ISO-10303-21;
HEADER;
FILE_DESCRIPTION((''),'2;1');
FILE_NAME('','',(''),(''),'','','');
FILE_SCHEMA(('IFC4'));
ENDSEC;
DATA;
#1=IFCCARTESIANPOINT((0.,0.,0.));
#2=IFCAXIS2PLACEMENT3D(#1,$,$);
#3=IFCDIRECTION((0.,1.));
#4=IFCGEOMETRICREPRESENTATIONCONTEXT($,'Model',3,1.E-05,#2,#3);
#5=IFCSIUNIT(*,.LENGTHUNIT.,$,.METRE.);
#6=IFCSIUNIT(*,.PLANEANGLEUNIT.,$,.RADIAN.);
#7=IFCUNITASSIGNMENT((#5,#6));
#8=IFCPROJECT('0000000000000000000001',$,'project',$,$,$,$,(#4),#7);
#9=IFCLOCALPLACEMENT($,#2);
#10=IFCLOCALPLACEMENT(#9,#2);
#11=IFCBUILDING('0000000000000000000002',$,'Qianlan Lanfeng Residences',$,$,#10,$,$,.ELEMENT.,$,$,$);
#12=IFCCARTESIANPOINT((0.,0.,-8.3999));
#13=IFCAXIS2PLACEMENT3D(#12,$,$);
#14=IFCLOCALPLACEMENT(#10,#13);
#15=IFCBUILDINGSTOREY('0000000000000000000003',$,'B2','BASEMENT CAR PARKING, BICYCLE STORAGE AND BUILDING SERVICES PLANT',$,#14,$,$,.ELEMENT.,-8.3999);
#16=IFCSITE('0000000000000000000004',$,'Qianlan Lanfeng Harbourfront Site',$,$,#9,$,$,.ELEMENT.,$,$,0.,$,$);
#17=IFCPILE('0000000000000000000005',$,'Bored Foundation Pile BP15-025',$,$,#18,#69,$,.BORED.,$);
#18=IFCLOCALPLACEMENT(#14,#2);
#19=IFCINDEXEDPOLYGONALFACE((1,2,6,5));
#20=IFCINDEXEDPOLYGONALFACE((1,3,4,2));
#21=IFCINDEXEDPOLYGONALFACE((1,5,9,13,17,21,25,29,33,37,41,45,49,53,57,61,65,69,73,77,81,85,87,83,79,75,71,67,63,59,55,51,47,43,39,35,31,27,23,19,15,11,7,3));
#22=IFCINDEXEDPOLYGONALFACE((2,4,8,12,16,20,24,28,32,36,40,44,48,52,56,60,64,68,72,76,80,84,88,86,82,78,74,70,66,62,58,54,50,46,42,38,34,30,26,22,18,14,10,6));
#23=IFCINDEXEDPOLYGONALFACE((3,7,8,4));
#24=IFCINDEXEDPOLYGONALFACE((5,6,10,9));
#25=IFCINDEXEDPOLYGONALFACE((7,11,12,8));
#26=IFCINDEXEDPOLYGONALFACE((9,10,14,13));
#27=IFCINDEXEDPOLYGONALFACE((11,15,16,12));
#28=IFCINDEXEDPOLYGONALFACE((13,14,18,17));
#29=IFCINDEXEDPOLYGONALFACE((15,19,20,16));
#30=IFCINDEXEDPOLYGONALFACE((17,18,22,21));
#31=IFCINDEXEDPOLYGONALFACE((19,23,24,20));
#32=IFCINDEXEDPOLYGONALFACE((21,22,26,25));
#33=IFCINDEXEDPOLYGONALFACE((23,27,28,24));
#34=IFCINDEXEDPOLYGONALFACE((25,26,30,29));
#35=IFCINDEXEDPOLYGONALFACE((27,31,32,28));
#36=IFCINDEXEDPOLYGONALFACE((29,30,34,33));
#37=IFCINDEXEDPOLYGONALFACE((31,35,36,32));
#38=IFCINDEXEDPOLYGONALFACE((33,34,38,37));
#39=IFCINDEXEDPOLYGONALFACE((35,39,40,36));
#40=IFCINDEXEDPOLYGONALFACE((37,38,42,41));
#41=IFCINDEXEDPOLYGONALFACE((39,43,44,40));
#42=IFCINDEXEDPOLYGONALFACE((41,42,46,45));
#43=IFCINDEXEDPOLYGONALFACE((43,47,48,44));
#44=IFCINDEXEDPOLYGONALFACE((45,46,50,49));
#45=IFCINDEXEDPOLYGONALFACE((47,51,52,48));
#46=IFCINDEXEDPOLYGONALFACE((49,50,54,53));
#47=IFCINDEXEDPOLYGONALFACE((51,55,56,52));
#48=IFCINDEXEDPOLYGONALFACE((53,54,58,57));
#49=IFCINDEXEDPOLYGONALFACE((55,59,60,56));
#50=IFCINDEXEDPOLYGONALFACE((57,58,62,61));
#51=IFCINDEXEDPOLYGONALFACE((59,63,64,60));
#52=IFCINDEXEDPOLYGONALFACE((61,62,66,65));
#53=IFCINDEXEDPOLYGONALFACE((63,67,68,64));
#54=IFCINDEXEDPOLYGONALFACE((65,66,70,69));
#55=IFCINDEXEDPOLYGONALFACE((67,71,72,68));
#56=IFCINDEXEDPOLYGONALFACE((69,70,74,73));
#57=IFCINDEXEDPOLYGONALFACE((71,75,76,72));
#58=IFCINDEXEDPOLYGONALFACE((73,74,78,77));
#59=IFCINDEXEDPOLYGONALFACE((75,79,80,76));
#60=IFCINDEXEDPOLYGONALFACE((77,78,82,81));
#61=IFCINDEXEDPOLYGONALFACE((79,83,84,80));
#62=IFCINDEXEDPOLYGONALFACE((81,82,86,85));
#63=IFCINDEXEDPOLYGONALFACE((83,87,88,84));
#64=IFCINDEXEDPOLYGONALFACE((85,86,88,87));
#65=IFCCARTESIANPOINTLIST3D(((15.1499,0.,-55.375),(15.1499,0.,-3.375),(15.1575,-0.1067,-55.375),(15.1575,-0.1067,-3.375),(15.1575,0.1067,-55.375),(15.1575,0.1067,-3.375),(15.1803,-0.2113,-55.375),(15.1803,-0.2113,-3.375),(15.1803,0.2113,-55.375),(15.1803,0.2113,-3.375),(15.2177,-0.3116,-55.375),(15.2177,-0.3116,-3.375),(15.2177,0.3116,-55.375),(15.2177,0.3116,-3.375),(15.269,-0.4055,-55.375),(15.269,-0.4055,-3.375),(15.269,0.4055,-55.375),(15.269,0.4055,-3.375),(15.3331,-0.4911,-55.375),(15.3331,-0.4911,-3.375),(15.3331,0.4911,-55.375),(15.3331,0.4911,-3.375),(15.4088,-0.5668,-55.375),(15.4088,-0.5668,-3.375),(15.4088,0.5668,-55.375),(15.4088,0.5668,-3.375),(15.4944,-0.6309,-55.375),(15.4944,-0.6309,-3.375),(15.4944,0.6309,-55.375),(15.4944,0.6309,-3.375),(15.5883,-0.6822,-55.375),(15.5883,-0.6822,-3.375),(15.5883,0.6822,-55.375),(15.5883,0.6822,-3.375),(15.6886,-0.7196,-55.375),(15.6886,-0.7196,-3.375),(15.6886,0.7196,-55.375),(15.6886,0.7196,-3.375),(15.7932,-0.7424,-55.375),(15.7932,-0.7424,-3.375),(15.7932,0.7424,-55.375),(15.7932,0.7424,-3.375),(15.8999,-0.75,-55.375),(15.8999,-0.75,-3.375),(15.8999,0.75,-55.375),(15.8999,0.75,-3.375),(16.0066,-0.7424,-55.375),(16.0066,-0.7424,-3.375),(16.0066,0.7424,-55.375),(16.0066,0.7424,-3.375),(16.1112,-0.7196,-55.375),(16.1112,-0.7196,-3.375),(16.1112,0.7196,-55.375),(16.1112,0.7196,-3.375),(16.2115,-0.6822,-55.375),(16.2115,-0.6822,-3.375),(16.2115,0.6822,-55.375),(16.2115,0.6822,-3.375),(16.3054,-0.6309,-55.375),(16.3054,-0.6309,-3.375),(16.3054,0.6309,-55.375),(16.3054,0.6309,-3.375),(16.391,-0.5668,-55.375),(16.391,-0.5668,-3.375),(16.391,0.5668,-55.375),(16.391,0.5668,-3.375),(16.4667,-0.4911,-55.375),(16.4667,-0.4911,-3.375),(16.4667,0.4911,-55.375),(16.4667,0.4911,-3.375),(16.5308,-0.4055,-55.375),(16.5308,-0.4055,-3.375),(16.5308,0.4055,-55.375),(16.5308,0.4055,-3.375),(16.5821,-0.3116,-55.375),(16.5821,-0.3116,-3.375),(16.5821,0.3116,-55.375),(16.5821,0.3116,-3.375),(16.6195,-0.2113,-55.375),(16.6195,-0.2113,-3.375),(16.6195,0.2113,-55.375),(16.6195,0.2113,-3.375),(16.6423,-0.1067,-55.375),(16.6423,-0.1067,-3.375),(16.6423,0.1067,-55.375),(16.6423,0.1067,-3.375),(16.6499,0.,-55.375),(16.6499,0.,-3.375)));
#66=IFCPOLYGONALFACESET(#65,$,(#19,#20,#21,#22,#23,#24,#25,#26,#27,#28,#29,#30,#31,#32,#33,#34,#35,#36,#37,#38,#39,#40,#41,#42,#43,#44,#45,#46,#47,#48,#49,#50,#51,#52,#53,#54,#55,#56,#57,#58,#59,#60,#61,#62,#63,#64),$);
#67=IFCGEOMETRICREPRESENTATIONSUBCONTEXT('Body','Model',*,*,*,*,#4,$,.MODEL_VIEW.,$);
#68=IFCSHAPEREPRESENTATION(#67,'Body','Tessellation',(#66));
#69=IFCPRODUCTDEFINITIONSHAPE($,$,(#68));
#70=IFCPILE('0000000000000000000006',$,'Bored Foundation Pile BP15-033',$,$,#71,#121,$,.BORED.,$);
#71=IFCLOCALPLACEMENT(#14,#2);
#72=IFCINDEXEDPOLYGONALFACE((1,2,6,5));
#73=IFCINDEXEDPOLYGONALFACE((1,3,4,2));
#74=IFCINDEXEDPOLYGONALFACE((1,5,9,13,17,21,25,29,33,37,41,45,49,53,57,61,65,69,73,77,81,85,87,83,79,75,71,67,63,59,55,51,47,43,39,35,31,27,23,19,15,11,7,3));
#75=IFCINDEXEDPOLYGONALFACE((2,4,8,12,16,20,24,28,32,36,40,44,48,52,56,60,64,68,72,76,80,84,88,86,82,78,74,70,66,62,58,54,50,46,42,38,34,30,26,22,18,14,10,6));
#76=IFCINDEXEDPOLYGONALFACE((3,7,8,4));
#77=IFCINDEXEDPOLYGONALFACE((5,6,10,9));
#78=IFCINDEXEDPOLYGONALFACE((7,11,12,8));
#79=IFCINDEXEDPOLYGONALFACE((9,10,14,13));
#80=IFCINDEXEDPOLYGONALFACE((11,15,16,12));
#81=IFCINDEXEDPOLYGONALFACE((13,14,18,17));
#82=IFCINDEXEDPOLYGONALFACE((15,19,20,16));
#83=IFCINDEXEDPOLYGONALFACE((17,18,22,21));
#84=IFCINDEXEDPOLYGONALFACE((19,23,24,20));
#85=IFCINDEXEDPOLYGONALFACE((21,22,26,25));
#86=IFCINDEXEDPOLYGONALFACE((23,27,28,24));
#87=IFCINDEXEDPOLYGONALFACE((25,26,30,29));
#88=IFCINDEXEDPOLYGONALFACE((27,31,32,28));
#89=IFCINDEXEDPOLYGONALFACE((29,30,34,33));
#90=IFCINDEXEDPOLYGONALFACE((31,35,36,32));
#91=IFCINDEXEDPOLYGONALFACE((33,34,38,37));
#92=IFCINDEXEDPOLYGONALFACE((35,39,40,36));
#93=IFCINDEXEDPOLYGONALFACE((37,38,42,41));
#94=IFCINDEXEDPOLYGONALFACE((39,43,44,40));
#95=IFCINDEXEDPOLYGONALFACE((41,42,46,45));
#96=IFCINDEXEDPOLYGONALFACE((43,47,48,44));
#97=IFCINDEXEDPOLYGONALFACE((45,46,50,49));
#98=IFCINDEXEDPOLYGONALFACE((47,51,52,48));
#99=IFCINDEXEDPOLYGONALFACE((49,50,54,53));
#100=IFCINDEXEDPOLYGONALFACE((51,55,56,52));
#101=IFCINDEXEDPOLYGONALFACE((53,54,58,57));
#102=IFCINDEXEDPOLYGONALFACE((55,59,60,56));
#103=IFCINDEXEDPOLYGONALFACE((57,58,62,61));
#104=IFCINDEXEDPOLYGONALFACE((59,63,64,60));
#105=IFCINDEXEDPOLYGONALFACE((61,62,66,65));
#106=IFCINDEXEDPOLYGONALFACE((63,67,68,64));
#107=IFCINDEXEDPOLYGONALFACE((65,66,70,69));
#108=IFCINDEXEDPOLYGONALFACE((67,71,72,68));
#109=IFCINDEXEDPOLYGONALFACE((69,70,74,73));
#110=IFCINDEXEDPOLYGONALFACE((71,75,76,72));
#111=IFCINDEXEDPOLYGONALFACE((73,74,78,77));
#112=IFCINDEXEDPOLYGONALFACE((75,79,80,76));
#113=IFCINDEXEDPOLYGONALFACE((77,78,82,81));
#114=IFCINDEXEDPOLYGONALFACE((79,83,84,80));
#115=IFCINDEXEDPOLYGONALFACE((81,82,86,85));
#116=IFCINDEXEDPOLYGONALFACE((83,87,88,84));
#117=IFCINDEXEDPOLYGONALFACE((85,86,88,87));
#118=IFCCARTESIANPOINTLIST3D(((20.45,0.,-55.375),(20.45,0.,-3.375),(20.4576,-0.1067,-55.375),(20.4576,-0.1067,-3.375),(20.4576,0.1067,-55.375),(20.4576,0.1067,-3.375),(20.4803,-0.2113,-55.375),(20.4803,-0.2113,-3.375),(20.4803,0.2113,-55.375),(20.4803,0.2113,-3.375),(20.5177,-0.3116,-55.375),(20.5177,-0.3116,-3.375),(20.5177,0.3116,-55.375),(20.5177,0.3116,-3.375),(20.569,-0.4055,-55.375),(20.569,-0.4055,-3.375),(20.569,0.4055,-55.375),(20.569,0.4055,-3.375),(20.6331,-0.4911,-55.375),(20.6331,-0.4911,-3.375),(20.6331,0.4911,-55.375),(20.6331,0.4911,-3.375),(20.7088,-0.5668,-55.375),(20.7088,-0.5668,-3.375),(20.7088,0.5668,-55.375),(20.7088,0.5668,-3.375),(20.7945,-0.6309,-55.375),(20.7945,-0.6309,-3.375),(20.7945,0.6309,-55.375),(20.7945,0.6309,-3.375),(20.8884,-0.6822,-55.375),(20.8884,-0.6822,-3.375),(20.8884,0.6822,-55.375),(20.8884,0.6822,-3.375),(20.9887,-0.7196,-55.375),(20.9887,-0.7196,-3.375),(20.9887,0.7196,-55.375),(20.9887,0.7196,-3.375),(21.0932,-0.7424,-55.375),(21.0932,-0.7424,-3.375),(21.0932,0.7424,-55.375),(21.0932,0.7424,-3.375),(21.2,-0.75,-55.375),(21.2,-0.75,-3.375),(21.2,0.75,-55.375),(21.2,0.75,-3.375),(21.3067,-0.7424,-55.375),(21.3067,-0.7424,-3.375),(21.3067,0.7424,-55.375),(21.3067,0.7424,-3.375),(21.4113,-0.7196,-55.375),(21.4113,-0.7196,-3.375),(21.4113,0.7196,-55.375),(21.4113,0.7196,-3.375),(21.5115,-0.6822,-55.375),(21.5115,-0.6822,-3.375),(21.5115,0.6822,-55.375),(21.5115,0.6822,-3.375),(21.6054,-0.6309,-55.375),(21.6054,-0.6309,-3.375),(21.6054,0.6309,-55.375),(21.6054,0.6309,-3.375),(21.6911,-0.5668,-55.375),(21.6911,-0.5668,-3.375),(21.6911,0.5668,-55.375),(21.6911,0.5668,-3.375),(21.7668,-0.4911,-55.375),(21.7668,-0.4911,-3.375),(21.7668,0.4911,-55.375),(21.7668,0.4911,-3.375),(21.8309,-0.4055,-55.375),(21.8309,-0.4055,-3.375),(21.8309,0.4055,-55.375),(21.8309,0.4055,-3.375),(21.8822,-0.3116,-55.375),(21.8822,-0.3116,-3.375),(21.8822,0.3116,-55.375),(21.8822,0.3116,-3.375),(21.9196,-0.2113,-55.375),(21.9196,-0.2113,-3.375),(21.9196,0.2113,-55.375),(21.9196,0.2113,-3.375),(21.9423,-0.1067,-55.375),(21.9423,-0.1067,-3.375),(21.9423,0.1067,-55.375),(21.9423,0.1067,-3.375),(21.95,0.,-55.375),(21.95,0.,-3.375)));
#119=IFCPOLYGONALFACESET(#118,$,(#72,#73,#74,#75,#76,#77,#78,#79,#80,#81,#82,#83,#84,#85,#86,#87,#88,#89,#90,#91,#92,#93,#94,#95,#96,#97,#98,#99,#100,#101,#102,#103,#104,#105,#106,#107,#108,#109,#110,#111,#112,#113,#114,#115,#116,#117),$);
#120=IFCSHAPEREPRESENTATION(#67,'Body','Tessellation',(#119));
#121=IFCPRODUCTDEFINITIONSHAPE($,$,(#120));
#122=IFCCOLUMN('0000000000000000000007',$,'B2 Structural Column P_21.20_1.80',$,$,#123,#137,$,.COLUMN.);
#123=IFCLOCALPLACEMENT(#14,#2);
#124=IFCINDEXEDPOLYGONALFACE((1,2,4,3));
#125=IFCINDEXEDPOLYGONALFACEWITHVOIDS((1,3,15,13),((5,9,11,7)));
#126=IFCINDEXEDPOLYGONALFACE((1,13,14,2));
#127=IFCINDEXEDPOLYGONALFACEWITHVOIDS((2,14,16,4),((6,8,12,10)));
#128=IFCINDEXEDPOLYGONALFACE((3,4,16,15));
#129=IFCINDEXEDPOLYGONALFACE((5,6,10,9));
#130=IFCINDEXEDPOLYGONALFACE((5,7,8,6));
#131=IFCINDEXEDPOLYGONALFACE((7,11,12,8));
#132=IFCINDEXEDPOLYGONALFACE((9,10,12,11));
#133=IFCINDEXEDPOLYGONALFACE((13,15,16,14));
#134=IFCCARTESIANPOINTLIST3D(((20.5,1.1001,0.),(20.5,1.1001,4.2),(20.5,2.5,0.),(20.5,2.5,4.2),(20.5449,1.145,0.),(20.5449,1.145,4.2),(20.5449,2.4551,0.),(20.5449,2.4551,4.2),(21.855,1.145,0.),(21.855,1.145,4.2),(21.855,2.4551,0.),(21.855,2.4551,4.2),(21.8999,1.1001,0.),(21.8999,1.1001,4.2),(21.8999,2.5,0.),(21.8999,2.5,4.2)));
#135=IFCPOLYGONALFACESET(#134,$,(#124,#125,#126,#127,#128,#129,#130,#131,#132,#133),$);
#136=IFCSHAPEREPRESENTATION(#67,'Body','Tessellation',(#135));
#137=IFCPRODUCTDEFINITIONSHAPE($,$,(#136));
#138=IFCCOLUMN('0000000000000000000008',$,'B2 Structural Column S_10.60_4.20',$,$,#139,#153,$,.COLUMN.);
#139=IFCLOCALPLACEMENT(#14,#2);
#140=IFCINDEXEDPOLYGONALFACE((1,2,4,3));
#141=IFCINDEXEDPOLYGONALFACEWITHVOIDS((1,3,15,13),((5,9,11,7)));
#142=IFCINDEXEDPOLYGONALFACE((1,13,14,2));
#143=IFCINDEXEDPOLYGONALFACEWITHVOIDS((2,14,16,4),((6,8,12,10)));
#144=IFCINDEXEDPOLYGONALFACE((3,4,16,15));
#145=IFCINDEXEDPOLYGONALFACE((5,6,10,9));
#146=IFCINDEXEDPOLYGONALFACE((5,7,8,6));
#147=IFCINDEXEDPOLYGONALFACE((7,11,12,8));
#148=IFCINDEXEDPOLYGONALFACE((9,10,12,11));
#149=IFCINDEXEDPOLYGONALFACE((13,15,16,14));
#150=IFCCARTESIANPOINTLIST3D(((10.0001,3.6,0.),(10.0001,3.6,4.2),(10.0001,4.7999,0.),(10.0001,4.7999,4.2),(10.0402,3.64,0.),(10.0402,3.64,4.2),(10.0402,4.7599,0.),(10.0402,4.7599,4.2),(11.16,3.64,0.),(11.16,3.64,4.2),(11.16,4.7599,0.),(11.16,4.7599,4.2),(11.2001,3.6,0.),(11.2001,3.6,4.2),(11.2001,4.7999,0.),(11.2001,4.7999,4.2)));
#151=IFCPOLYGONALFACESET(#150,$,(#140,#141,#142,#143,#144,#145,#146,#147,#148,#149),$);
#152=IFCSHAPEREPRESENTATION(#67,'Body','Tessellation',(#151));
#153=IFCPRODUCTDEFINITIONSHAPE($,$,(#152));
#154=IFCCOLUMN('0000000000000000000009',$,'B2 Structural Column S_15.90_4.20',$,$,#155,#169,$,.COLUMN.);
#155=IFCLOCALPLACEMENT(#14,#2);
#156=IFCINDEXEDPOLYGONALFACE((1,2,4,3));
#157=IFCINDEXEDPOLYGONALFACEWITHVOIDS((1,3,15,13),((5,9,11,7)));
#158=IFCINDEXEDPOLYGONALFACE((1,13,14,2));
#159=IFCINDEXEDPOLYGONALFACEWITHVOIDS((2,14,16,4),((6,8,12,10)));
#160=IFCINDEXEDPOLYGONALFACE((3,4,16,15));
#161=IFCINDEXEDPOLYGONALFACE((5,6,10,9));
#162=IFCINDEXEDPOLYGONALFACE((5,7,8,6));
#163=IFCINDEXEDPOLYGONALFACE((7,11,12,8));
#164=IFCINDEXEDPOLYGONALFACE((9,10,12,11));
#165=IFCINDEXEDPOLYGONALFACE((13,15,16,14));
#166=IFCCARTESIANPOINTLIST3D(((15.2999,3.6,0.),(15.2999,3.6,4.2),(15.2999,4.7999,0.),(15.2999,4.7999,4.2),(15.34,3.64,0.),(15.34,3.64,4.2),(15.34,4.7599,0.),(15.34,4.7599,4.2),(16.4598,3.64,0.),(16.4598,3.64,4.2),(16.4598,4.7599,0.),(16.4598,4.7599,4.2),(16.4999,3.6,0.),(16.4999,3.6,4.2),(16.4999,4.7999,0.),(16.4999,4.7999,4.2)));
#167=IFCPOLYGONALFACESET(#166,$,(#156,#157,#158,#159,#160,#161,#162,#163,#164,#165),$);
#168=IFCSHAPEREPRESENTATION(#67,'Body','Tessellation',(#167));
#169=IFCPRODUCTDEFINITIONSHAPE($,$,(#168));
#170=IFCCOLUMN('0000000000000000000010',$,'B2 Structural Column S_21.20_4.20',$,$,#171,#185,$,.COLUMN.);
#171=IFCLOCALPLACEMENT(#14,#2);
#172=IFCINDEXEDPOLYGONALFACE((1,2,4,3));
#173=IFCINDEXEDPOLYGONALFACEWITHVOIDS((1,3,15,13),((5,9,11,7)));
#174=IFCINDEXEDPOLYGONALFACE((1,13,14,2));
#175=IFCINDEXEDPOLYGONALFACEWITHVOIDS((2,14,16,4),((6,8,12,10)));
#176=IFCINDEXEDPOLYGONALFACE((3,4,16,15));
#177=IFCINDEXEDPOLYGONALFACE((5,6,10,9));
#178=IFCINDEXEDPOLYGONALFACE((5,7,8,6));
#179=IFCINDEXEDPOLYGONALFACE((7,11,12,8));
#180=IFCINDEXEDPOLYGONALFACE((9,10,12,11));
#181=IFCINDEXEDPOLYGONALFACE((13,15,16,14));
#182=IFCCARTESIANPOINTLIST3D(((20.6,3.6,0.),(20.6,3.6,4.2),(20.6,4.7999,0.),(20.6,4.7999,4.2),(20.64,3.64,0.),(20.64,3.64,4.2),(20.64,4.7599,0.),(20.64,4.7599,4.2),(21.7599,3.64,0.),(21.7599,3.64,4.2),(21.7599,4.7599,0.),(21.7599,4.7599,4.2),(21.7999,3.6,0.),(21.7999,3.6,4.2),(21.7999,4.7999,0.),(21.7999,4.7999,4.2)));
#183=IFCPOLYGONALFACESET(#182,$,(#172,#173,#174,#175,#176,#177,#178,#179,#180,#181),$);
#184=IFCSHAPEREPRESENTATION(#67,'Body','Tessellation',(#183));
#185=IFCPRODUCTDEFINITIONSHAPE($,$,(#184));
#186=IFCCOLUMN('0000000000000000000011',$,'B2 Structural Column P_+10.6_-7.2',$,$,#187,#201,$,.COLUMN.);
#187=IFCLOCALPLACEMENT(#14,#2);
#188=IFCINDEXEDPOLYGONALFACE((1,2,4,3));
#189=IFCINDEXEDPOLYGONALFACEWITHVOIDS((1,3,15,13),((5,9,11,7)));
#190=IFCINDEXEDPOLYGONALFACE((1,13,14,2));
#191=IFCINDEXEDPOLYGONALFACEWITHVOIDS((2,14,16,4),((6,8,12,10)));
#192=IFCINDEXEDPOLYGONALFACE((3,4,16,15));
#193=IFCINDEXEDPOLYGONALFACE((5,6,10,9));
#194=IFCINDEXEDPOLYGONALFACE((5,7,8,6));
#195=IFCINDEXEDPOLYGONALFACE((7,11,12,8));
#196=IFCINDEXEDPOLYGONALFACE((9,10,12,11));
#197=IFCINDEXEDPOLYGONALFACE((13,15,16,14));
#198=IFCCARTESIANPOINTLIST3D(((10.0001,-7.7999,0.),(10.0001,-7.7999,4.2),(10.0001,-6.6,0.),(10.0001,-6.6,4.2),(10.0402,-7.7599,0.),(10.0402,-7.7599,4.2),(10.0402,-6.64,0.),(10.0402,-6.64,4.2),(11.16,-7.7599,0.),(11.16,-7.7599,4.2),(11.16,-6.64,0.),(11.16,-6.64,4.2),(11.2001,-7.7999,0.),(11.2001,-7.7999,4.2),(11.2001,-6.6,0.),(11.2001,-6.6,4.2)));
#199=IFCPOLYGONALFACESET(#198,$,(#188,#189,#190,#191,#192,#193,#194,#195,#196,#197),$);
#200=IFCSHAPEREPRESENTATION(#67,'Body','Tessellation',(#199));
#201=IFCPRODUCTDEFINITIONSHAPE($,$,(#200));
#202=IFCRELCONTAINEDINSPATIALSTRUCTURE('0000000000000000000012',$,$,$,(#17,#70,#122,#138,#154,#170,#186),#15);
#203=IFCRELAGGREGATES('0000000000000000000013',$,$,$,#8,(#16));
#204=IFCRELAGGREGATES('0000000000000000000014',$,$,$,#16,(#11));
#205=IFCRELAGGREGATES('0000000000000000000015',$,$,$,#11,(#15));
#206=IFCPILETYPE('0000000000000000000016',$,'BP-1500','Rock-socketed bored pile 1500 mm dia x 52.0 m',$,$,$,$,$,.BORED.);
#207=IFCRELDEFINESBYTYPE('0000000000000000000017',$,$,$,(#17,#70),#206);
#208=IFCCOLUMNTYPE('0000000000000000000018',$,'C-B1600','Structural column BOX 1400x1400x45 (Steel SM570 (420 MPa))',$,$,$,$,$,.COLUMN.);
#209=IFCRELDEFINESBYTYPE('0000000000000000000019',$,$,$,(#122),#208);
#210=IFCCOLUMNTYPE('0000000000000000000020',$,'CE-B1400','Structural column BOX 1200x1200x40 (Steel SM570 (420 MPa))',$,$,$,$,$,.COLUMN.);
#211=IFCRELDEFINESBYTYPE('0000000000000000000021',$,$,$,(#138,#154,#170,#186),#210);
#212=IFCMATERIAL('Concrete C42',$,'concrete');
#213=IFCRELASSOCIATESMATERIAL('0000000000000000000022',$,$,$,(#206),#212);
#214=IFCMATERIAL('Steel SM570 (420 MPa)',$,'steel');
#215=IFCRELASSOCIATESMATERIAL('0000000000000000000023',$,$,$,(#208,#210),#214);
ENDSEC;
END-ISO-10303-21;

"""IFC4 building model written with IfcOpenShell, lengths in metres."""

from ifc_helpers import new_model, si_unit, direction, frame, origin, origin_2d, place, context, subcontext, project, spatial, hollow_rectangle, circle, extrude, material, material_profile, profile_set, type_object, element, save


model = new_model("IFC4")

# Units and contexts
model_context = context("Model", 3, precision=1e-05, world=origin(), true_north=direction((0.0, 1.0)))
body_context = subcontext(model_context, "Body", "Model", "MODEL_VIEW")
ifc_project = project(units=[si_unit("LENGTHUNIT", "METRE"), si_unit("PLANEANGLEUNIT", "RADIAN")], contexts=[model_context])

# Site, building, storey
site_placement = place(None, origin())
site = spatial("IfcSite", under=ifc_project, at=site_placement, Name="Qianlan Lanfeng Harbourfront Site", CompositionType="ELEMENT", RefElevation=0.0)
building_placement = place(site_placement, origin())
building = spatial("IfcBuilding", under=site, at=building_placement, Name="Qianlan Lanfeng Residences", CompositionType="ELEMENT")
storey_placement = place(building_placement, frame((0.0, 0.0, -8.3999)))
storey = spatial("IfcBuildingStorey", under=building, at=storey_placement, Name="B2", Description="BASEMENT CAR PARKING, BICYCLE STORAGE AND BUILDING SERVICES PLANT", CompositionType="ELEMENT", Elevation=-8.3999)

# Piles
ifc_material_1 = material(Name="Concrete C42", Category="concrete")
ifc_material_profile_1 = material_profile(ifc_material_1, circle(Radius=0.75, at=origin_2d()), Name="PILE D1500")
ifc_profile_set_1 = profile_set([ifc_material_profile_1], Name="Concrete C42")
pile_type_1 = type_object("IfcPileType", Name="BP-1500", Description="Rock-socketed bored pile 1500 mm dia x 52.0 m", PredefinedType="BORED", material=ifc_profile_set_1)
for number, where, z_axis, x_axis, name in (
    (1, (15.8999, 0.0, -3.375), (0.0, 0.0, -1.0), (1.0, 0.0, 0.0), "Bored Foundation Pile BP15-025"),
    (2, (21.2, 0.0, -3.375), (0.0, 0.0, -1.0), (1.0, 0.0, 0.0), "Bored Foundation Pile BP15-033"),
):
    element("IfcPile", number, at=place(storey_placement, frame(where, z_axis=z_axis, x_axis=x_axis)), inside=storey, type_object=pile_type_1, Name=name, PredefinedType="BORED", context=body_context, shape_type="SweptSolid", body=[
        extrude(circle(Radius=0.75, at=origin_2d()), origin(), (0.0, 0.0, 1.0), 52.0),
    ])

# Columns
ifc_material_2 = material(Name="Steel SM570 (420 MPa)", Category="steel")
ifc_material_profile_2 = material_profile(ifc_material_2, hollow_rectangle(XDim=1.3999, YDim=1.3999, WallThickness=0.0449, at=origin_2d()), Name="BOX 1400x1400x45")
ifc_profile_set_2 = profile_set([ifc_material_profile_2], Name="Steel SM570 (420 MPa)")
column_type_1 = type_object("IfcColumnType", Name="C-B1600", Description="Structural column BOX 1400x1400x45 (Steel SM570 (420 MPa))", PredefinedType="COLUMN", material=ifc_profile_set_2)
column_placement = place(storey_placement, frame((21.2, 1.8, 0.0), z_axis=(0.0, 0.0, 1.0), x_axis=(1.0, 0.0, 0.0)))
element("IfcColumn", 3, at=column_placement, inside=storey, type_object=column_type_1, Name="B2 Structural Column P_21.20_1.80", PredefinedType="COLUMN", context=body_context, shape_type="SweptSolid", body=[
    extrude(hollow_rectangle(XDim=1.3999, YDim=1.3999, WallThickness=0.0449, at=origin_2d()), origin(), (0.0, 0.0, 1.0), 4.2),
])
ifc_material_profile_3 = material_profile(ifc_material_2, hollow_rectangle(XDim=1.2, YDim=1.2, WallThickness=0.04, at=origin_2d()), Name="BOX 1200x1200x40")
ifc_profile_set_3 = profile_set([ifc_material_profile_3], Name="Steel SM570 (420 MPa)")
column_type_2 = type_object("IfcColumnType", Name="CE-B1400", Description="Structural column BOX 1200x1200x40 (Steel SM570 (420 MPa))", PredefinedType="COLUMN", material=ifc_profile_set_3)
for number, where, z_axis, x_axis, name in (
    (4, (10.6001, 4.2, 0.0), (0.0, 0.0, 1.0), (1.0, 0.0, 0.0), "B2 Structural Column S_10.60_4.20"),
    (5, (15.8999, 4.2, 0.0), (0.0, 0.0, 1.0), (1.0, 0.0, 0.0), "B2 Structural Column S_15.90_4.20"),
    (6, (21.2, 4.2, 0.0), (0.0, 0.0, 1.0), (1.0, 0.0, 0.0), "B2 Structural Column S_21.20_4.20"),
    (7, (10.6001, -7.2, 0.0), (0.0, 0.0, 1.0), (1.0, 0.0, 0.0), "B2 Structural Column P_+10.6_-7.2"),
):
    element("IfcColumn", number, at=place(storey_placement, frame(where, z_axis=z_axis, x_axis=x_axis)), inside=storey, type_object=column_type_2, Name=name, PredefinedType="COLUMN", context=body_context, shape_type="SweptSolid", body=[
        extrude(hollow_rectangle(XDim=1.2, YDim=1.2, WallThickness=0.04, at=origin_2d()), origin(), (0.0, 0.0, 1.0), 4.2),
    ])

save(model, "model.ifc")
